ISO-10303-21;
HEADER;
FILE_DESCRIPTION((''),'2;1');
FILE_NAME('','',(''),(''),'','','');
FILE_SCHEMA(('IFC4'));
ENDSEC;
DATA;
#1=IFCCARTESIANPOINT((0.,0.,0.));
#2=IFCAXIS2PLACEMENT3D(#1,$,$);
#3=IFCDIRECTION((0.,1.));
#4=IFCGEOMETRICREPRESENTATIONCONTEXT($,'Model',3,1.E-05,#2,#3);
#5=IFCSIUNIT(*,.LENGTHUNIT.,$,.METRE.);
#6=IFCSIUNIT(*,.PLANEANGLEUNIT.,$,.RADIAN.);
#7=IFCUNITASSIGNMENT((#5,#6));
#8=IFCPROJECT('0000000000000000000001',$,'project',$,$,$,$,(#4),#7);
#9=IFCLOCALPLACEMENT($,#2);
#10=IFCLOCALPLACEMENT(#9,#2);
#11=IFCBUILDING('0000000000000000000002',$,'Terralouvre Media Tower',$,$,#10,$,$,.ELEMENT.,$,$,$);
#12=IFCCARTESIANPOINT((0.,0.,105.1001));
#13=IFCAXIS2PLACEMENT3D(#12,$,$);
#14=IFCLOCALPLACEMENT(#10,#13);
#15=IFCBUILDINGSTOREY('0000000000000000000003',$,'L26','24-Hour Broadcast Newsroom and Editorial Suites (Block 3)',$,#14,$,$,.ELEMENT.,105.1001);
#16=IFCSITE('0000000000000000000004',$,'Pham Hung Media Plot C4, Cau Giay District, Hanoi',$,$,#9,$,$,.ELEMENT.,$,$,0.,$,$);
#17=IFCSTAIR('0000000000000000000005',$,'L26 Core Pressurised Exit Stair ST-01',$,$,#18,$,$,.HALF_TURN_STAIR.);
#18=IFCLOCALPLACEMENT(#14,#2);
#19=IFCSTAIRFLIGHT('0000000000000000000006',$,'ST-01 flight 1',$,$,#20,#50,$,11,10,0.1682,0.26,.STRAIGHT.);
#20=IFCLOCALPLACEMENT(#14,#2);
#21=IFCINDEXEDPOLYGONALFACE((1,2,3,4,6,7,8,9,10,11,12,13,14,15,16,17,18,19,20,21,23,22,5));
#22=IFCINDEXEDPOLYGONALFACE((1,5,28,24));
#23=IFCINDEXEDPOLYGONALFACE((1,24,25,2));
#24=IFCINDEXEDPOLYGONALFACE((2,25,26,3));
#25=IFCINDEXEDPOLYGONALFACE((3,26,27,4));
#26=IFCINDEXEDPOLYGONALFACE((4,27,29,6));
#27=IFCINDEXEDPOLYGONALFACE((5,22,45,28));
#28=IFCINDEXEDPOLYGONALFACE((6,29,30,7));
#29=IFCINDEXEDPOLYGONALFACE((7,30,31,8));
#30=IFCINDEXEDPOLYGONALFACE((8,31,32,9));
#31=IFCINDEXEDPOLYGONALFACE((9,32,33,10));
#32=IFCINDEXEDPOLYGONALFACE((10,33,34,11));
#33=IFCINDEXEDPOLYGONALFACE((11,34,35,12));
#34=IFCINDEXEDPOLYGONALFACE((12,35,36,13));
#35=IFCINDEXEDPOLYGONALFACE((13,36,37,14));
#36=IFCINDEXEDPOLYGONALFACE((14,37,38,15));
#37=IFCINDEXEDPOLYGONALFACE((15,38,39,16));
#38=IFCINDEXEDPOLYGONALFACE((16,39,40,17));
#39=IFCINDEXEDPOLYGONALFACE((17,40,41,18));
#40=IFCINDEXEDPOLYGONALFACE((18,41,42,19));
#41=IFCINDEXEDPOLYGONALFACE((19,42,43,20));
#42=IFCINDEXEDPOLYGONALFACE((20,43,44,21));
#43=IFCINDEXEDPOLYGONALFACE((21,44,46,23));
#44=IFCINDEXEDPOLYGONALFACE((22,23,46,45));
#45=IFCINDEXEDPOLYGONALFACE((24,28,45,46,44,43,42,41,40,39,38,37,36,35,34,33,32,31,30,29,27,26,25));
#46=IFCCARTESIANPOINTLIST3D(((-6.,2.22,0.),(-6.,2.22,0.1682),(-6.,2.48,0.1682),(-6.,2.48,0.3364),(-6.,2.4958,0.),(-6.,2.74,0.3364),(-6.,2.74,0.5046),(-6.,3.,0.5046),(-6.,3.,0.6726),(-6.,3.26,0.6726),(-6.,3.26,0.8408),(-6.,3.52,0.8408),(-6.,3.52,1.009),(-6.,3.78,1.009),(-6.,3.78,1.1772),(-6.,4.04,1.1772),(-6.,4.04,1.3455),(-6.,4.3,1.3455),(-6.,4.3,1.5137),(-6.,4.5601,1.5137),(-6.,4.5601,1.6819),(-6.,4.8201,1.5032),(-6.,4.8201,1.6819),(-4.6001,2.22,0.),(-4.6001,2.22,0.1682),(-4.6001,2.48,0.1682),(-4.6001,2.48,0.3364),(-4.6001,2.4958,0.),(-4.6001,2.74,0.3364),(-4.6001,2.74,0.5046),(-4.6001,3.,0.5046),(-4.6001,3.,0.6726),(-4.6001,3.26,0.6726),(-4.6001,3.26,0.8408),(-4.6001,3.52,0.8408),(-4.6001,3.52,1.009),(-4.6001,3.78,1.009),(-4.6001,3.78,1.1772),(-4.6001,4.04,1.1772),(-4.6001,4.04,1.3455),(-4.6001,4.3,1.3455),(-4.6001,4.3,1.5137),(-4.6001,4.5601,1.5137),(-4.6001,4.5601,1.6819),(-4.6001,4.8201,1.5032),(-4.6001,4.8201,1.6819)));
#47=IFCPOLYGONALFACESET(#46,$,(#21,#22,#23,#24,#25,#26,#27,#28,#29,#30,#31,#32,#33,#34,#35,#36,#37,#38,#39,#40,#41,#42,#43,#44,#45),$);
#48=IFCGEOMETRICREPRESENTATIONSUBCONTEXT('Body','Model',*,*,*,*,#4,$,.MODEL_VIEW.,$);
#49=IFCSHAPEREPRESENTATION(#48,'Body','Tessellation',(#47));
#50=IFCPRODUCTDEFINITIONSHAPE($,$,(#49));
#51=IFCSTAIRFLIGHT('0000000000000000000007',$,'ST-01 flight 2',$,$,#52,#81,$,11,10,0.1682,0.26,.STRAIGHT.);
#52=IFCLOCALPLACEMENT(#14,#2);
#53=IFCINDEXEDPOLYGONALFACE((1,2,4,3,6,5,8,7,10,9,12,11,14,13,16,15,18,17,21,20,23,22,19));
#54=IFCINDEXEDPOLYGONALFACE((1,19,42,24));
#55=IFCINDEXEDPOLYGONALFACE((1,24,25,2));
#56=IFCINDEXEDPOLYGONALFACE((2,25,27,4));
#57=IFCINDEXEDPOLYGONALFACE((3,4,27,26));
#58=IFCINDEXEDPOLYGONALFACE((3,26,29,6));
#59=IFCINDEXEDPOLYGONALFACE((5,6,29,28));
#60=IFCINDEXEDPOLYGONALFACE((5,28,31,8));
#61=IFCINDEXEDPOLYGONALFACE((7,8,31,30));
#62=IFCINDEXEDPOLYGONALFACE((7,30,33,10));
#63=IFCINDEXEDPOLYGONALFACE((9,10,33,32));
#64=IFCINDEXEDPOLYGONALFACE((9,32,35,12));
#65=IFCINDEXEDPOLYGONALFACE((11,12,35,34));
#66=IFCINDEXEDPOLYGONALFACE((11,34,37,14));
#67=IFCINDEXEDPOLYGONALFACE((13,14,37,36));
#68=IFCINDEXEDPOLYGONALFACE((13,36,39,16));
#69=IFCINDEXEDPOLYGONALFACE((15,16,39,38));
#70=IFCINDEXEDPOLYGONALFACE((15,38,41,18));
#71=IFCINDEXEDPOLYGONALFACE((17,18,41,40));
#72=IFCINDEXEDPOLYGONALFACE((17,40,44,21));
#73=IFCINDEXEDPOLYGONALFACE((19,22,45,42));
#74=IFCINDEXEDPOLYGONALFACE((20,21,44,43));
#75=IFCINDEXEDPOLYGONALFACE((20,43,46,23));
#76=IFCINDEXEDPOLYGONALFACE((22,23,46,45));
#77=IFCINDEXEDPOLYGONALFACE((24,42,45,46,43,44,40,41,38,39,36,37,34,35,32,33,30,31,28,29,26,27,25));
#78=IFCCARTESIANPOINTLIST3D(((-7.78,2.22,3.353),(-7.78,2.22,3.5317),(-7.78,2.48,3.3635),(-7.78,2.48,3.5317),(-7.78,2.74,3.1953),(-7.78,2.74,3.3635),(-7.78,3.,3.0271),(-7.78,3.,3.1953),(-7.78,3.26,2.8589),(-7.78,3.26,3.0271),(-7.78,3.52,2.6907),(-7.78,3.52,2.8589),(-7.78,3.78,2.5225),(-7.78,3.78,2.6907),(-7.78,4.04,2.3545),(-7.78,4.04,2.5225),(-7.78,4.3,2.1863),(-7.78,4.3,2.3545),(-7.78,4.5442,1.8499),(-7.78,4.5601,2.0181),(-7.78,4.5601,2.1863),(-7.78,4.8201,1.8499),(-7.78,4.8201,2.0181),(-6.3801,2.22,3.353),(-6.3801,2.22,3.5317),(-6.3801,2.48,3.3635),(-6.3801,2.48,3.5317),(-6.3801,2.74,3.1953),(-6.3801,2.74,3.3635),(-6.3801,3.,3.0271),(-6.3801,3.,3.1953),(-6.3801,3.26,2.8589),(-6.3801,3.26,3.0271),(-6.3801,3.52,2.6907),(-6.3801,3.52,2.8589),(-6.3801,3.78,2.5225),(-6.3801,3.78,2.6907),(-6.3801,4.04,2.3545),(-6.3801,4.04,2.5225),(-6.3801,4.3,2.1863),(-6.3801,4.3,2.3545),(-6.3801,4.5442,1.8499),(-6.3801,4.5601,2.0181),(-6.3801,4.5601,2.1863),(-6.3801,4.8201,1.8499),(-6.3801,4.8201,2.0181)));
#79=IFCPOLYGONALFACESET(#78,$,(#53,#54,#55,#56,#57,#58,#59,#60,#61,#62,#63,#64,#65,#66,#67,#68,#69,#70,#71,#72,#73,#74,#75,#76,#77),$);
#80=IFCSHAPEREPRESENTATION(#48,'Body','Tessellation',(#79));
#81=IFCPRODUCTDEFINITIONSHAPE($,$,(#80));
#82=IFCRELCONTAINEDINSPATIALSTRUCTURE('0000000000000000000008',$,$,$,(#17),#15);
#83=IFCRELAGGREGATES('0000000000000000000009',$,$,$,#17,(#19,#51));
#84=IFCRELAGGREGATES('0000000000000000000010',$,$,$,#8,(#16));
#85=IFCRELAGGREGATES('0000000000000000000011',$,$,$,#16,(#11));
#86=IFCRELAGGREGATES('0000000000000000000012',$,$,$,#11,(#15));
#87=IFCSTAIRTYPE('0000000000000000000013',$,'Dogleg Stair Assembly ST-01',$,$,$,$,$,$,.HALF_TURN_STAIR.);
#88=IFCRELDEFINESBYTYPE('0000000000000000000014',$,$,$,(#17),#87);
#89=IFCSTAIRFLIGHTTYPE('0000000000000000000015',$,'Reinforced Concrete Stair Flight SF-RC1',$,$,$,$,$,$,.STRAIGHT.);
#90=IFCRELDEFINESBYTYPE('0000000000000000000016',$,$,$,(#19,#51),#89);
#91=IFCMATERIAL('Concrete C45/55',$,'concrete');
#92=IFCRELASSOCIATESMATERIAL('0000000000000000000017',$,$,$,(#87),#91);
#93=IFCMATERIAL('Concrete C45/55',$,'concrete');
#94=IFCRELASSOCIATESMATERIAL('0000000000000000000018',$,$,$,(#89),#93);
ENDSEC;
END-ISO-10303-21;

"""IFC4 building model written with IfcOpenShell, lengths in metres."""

from ifc_helpers import new_model, si_unit, direction, frame, origin, place, context, subcontext, project, spatial, polyline, outline, extrude, material, type_object, element, aggregate, save


model = new_model("IFC4")

# Units and contexts
model_context = context("Model", 3, precision=1e-05, world=origin(), true_north=direction((0.0, 1.0)))
body_context = subcontext(model_context, "Body", "Model", "MODEL_VIEW")
ifc_project = project(units=[si_unit("LENGTHUNIT", "METRE"), si_unit("PLANEANGLEUNIT", "RADIAN")], contexts=[model_context])

# Site, building, storey
site_placement = place(None, origin())
site = spatial("IfcSite", under=ifc_project, at=site_placement, Name="Pham Hung Media Plot C4, Cau Giay District, Hanoi", CompositionType="ELEMENT", RefElevation=0.0)
building_placement = place(site_placement, origin())
building = spatial("IfcBuilding", under=site, at=building_placement, Name="Terralouvre Media Tower", CompositionType="ELEMENT")
storey_placement = place(building_placement, frame((0.0, 0.0, 105.1001)))
storey = spatial("IfcBuildingStorey", under=building, at=storey_placement, Name="L26", Description="24-Hour Broadcast Newsroom and Editorial Suites (Block 3)", CompositionType="ELEMENT", Elevation=105.1001)

# Stair, stair flights
ifc_material_1 = material(Name="Concrete C45/55", Category="concrete")
stair_type = type_object("IfcStairType", Name="Dogleg Stair Assembly ST-01", PredefinedType="HALF_TURN_STAIR", material=ifc_material_1)
stair_placement = place(storey_placement, origin())
stair = element("IfcStair", 1, at=stair_placement, inside=storey, type_object=stair_type, Name="L26 Core Pressurised Exit Stair ST-01", PredefinedType="HALF_TURN_STAIR")
ifc_material_2 = material(Name="Concrete C45/55", Category="concrete")
stair_flight_type = type_object("IfcStairFlightType", Name="Reinforced Concrete Stair Flight SF-RC1", PredefinedType="STRAIGHT", material=ifc_material_2)
stair_flight_1_placement = place(storey_placement, frame((-5.3, 2.22, 0.0), z_axis=(0.0, 0.0, 1.0), x_axis=(0.0, 1.0, 0.0)))
stair_flight_1 = element("IfcStairFlight", 2, at=stair_flight_1_placement, type_object=stair_flight_type, Name="ST-01 flight 1", NumberOfRisers=11, NumberOfTreads=10, PredefinedType="STRAIGHT", RiserHeight=0.1682, TreadLength=0.26, context=body_context, shape_type="SweptSolid", body=[
    extrude(outline(polyline([(0.0, 0.0), (0.0, 0.1682), (0.26, 0.1682), (0.26, 0.3364), (0.52, 0.3364), (0.52, 0.5046), (0.78, 0.5046), (0.78, 0.6726), (1.04, 0.6726), (1.04, 0.8408), (1.3, 0.8408), (1.3, 1.009), (1.5601, 1.009), (1.5601, 1.1772), (1.8201, 1.1772), (1.8201, 1.3455), (2.0801, 1.3455), (2.0801, 1.5137), (2.3401, 1.5137), (2.3401, 1.6819), (2.6001, 1.6819), (2.6001, 1.8501), (2.6001, 1.5032), (0.2759, 0.0), (0.0, 0.0)])), frame((0.0, 0.7, 0.0), z_axis=(0.0, -1.0, 0.0), x_axis=(1.0, 0.0, 0.0)), (0.0, 0.0, 1.0), 1.3999),
])
stair_flight_2_placement = place(storey_placement, frame((-7.0801, 4.8201, 1.8499), z_axis=(0.0, 0.0, 1.0), x_axis=(0.0, -1.0, 0.0)))
stair_flight_2 = element("IfcStairFlight", 3, at=stair_flight_2_placement, type_object=stair_flight_type, Name="ST-01 flight 2", NumberOfRisers=11, NumberOfTreads=10, PredefinedType="STRAIGHT", RiserHeight=0.1682, TreadLength=0.26, context=body_context, shape_type="SweptSolid", body=[
    extrude(outline(polyline([(0.0, 0.0), (0.0, 0.1682), (0.26, 0.1682), (0.26, 0.3364), (0.52, 0.3364), (0.52, 0.5046), (0.78, 0.5046), (0.78, 0.6726), (1.04, 0.6726), (1.04, 0.8408), (1.3, 0.8408), (1.3, 1.009), (1.5601, 1.009), (1.5601, 1.1772), (1.8201, 1.1772), (1.8201, 1.3455), (2.0801, 1.3455), (2.0801, 1.5137), (2.3401, 1.5137), (2.3401, 1.6819), (2.6001, 1.6819), (2.6001, 1.8501), (2.6001, 1.5032), (0.2759, 0.0), (0.0, 0.0)])), frame((0.0, 0.7, 0.0), z_axis=(0.0, -1.0, 0.0), x_axis=(1.0, 0.0, 0.0)), (0.0, 0.0, 1.0), 1.3999),
])
aggregate(stair, [stair_flight_1, stair_flight_2])

save(model, "model.ifc")
